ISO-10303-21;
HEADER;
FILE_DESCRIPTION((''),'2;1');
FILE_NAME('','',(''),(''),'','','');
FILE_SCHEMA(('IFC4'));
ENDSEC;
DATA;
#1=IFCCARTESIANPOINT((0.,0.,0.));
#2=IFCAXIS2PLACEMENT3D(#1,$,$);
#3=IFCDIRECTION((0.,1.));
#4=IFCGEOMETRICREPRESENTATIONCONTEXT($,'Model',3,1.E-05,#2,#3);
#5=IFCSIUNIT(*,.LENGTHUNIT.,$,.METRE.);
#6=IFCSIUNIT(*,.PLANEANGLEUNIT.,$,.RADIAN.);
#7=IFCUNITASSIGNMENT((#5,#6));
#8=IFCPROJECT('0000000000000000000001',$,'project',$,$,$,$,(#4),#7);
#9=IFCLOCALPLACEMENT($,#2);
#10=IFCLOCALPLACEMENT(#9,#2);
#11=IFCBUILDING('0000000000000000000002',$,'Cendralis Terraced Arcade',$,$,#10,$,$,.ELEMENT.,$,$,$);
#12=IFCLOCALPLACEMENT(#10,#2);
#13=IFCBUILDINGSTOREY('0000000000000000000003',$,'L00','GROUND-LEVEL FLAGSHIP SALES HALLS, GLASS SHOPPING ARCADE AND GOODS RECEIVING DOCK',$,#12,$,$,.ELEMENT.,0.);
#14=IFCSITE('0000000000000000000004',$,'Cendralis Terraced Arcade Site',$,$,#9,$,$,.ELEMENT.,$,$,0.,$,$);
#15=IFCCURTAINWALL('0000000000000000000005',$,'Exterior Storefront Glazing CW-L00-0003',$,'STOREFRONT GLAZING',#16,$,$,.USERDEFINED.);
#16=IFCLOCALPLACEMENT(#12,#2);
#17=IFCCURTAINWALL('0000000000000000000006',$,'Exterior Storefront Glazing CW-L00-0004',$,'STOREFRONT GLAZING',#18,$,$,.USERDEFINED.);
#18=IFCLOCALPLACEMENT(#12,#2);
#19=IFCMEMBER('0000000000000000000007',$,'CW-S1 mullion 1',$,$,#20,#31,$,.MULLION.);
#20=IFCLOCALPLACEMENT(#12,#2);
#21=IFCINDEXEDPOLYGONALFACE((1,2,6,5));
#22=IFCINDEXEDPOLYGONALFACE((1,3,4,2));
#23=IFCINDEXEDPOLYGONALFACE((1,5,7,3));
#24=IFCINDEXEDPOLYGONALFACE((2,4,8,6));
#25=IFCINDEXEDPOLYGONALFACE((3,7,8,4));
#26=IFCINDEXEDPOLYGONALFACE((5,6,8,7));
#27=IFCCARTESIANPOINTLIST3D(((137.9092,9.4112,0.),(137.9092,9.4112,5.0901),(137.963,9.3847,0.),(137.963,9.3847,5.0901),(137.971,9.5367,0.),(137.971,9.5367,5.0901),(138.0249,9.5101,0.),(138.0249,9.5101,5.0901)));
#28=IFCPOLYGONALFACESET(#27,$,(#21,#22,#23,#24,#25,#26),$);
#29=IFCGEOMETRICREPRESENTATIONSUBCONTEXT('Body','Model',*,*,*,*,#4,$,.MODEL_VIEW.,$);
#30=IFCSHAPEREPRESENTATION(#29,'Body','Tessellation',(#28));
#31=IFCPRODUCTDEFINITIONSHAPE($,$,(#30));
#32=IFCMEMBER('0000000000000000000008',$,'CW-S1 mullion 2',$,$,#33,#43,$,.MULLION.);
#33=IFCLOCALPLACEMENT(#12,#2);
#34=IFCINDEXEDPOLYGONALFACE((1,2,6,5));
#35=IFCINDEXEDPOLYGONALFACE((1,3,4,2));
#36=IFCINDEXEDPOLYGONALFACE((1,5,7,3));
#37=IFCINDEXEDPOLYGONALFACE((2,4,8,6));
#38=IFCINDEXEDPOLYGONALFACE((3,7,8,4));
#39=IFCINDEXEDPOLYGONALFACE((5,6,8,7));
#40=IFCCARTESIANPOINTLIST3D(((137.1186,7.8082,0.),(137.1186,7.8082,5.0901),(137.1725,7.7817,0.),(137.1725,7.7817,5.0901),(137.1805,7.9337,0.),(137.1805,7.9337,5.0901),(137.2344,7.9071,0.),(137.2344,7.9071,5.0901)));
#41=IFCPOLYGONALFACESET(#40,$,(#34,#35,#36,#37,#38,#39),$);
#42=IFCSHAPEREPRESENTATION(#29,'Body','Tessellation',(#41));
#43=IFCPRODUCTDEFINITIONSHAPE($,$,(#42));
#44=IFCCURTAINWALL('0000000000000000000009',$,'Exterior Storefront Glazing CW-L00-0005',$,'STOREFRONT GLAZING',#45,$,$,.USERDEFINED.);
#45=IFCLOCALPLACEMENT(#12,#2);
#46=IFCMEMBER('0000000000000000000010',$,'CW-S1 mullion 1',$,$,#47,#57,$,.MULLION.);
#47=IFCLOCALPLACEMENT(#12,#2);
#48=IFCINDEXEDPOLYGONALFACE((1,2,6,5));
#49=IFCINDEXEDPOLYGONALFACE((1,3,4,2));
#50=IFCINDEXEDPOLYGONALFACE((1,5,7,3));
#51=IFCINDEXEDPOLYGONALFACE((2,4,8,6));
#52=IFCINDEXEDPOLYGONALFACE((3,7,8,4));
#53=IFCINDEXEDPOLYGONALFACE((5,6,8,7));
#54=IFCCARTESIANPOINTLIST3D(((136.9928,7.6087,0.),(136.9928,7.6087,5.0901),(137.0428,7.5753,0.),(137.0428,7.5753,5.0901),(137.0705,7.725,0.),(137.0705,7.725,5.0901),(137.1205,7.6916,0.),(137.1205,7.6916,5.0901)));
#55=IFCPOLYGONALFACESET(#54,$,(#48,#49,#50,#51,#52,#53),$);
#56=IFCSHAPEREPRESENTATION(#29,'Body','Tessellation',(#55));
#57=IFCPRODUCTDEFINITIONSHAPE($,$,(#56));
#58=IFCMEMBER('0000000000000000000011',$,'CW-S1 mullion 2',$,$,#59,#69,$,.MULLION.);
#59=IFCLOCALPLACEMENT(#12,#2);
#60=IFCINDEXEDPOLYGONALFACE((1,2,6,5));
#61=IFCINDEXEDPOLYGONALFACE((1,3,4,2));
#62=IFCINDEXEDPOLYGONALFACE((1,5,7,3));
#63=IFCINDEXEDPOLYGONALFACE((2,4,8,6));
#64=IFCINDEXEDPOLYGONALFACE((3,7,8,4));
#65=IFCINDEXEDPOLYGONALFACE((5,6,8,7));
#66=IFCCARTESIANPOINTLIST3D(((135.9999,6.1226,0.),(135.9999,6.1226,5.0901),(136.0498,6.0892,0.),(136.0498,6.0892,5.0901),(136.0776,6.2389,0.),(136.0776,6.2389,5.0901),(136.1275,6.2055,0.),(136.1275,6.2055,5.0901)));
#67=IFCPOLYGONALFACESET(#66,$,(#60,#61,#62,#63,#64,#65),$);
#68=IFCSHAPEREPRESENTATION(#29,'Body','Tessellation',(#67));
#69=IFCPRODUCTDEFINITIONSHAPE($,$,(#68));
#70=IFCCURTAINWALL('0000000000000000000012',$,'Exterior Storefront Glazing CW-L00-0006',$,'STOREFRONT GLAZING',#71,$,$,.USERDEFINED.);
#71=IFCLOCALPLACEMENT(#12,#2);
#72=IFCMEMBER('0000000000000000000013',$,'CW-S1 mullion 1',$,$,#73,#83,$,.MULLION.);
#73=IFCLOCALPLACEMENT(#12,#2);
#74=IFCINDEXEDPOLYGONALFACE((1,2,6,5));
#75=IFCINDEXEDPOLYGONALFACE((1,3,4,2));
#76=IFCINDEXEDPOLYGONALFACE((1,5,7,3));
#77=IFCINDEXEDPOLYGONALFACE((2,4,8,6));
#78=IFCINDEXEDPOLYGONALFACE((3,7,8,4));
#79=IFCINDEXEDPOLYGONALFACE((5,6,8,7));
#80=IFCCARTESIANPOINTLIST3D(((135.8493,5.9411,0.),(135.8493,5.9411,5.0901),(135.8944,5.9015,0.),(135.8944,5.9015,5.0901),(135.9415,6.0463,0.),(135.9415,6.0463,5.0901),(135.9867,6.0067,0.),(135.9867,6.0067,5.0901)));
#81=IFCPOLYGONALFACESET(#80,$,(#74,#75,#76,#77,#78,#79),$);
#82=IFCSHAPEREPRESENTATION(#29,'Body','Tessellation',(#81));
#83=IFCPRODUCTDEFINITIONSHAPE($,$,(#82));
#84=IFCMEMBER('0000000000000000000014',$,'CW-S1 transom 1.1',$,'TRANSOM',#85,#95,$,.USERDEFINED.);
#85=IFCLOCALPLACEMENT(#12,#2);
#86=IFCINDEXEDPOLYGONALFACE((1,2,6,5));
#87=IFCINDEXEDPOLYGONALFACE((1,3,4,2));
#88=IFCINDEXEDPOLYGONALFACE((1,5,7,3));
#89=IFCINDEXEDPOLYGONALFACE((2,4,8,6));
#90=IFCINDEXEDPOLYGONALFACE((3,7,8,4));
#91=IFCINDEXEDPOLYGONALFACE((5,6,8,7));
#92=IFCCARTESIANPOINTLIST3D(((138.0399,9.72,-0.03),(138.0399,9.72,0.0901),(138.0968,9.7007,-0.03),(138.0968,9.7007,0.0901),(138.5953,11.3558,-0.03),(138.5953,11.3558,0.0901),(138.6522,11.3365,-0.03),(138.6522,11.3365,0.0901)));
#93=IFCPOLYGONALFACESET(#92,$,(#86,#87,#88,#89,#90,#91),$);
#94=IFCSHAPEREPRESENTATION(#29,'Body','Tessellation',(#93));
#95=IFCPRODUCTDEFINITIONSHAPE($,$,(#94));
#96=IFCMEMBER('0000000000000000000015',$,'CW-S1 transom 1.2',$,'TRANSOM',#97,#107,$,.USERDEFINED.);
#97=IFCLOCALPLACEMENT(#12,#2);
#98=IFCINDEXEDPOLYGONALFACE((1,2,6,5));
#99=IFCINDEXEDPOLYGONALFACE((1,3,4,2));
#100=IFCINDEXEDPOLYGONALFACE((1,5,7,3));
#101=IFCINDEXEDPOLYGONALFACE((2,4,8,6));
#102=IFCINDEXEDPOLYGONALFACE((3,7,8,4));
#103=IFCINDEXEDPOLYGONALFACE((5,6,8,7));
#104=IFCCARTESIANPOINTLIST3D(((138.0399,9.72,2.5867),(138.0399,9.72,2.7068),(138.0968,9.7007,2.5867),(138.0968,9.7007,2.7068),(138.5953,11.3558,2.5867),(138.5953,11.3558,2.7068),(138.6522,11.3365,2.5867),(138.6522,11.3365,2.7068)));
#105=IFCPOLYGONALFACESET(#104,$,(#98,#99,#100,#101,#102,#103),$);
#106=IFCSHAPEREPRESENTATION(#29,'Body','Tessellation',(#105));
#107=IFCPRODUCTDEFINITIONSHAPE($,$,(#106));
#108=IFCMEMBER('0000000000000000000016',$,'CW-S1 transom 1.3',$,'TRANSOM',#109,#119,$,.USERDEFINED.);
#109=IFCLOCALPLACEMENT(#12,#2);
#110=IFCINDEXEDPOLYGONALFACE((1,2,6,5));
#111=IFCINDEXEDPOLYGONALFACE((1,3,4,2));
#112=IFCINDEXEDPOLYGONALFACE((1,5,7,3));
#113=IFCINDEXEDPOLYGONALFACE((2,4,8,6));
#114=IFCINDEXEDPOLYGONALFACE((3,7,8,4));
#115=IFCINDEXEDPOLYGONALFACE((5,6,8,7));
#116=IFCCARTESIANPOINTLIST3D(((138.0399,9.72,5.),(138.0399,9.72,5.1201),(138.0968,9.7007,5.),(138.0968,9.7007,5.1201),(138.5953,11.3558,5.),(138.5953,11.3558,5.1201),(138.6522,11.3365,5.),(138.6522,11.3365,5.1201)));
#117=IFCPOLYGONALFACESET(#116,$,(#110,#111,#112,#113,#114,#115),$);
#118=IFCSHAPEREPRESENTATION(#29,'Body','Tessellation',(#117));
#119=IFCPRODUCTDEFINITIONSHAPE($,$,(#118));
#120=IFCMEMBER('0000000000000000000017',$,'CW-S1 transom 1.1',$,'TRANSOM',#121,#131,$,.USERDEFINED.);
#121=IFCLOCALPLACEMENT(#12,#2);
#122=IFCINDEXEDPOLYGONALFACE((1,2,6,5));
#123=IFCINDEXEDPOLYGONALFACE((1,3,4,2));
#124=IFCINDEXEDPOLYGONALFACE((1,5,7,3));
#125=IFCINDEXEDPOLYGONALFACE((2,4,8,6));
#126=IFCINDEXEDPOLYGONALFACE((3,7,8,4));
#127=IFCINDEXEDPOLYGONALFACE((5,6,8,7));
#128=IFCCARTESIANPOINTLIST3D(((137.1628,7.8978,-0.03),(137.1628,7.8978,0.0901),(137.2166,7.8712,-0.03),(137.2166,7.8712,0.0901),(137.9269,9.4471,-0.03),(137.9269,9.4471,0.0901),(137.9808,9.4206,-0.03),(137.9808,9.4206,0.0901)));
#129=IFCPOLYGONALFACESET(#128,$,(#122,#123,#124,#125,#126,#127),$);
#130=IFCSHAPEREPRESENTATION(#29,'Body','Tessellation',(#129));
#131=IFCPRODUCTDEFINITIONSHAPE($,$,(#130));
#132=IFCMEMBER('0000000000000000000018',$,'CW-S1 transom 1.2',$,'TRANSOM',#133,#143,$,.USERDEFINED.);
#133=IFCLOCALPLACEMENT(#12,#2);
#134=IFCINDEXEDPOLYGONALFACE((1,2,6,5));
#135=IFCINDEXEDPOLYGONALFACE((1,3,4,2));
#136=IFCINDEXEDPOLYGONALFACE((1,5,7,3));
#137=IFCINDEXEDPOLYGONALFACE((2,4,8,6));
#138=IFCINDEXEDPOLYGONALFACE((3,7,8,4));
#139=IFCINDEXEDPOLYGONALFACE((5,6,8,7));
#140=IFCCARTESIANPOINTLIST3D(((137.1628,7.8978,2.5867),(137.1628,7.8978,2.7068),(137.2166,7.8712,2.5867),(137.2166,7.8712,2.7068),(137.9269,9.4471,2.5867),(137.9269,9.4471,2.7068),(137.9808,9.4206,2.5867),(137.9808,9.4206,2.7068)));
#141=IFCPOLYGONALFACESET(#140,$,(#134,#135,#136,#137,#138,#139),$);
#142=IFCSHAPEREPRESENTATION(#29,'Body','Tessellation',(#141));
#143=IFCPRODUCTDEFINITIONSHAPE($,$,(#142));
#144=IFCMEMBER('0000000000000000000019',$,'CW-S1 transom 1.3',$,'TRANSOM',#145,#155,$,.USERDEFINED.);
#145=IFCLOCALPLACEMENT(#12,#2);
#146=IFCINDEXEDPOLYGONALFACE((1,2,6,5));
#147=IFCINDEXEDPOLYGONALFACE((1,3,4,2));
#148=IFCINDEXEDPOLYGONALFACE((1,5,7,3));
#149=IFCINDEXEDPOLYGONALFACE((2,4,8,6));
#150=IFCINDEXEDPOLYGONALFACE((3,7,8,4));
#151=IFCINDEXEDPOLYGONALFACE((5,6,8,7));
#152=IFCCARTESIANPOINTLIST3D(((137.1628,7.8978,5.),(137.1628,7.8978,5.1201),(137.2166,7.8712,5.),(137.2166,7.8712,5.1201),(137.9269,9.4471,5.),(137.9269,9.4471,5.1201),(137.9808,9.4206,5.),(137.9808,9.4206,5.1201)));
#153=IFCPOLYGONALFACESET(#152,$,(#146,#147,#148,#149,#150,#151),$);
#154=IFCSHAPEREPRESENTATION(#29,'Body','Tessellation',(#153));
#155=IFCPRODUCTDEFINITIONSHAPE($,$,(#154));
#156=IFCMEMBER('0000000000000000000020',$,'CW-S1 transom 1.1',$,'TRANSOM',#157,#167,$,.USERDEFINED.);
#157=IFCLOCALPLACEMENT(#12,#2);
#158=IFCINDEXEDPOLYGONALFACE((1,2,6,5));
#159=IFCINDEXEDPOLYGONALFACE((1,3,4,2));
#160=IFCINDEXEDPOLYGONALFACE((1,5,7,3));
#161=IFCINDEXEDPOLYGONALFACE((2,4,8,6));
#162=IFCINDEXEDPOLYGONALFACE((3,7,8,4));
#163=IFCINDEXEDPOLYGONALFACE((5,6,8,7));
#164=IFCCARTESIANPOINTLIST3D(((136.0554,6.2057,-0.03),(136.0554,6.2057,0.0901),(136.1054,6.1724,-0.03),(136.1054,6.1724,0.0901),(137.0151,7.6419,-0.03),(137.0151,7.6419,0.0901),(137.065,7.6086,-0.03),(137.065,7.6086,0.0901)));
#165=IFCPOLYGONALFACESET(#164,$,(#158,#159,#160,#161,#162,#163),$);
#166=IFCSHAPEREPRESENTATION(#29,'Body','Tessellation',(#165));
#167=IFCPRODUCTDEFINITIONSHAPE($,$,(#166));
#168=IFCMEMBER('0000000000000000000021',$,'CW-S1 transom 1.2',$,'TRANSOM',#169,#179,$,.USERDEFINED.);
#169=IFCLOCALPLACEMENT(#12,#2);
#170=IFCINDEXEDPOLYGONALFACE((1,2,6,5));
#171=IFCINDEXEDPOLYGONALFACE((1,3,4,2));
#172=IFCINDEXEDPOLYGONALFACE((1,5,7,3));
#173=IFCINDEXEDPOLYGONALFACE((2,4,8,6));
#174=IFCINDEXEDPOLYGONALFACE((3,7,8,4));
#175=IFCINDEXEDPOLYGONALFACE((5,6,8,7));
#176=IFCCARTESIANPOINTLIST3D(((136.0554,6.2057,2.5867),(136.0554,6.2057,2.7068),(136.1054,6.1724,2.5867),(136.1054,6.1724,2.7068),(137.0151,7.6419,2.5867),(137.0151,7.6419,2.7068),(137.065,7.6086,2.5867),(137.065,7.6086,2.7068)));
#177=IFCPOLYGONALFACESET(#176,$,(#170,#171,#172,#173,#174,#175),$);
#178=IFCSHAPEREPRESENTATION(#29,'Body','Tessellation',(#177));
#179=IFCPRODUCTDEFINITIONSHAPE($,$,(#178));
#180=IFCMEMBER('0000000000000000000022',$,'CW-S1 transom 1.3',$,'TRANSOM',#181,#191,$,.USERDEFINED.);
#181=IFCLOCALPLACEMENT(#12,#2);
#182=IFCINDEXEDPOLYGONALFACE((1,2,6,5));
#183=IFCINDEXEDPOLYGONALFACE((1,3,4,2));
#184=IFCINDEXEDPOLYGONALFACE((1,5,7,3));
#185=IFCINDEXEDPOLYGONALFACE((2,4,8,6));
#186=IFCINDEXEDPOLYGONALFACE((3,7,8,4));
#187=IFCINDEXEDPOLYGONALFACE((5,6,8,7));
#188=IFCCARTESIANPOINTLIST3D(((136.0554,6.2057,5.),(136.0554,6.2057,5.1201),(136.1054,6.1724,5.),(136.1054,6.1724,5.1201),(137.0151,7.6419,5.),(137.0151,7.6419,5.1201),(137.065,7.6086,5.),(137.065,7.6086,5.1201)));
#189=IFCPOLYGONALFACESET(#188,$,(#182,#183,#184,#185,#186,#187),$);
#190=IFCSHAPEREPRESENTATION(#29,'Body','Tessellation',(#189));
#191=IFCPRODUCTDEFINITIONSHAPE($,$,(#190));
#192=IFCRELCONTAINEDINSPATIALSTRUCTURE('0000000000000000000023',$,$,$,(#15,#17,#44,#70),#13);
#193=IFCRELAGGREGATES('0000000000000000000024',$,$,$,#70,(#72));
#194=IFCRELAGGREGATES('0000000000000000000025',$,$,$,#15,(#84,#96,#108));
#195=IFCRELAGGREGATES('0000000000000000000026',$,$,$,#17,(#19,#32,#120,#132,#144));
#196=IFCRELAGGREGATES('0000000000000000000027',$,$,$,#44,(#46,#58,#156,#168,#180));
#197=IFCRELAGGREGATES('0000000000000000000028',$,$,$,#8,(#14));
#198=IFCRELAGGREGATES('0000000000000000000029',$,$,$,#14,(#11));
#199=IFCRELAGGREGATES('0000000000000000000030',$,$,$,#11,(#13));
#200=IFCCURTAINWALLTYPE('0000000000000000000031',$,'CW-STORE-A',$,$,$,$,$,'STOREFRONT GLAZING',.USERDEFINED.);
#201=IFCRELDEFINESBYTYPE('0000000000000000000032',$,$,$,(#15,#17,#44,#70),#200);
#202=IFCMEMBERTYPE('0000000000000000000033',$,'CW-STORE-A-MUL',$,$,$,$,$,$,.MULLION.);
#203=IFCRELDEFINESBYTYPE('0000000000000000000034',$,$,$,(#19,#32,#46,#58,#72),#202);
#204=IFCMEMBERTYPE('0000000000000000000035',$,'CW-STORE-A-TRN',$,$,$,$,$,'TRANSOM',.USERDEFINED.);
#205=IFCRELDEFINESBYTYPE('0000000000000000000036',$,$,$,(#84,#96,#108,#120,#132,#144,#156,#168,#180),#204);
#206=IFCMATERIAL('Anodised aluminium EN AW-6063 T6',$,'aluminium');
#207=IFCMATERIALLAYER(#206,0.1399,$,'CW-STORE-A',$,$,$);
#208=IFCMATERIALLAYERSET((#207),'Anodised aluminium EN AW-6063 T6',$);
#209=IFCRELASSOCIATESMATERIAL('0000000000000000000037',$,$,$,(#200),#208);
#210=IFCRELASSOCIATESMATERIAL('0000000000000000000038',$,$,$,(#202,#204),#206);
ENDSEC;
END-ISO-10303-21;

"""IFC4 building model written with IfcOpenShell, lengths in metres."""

from ifc_helpers import new_model, si_unit, direction, frame, origin, origin_2d, place, context, subcontext, project, spatial, rectangle, extrude, material, layer, layer_set, material_profile, profile_set, type_object, element, aggregate, save


model = new_model("IFC4")

# Units and contexts
model_context = context("Model", 3, precision=1e-05, world=origin(), true_north=direction((0.0, 1.0)))
body_context = subcontext(model_context, "Body", "Model", "MODEL_VIEW")
ifc_project = project(units=[si_unit("LENGTHUNIT", "METRE"), si_unit("PLANEANGLEUNIT", "RADIAN")], contexts=[model_context])

# Site, building, storey
site_placement = place(None, origin())
site = spatial("IfcSite", under=ifc_project, at=site_placement, Name="Cendralis Terraced Arcade Site", CompositionType="ELEMENT", RefElevation=0.0)
building_placement = place(site_placement, origin())
building = spatial("IfcBuilding", under=site, at=building_placement, Name="Cendralis Terraced Arcade", CompositionType="ELEMENT")
storey_placement = place(building_placement, origin())
storey = spatial("IfcBuildingStorey", under=building, at=storey_placement, Name="L00", Description="GROUND-LEVEL FLAGSHIP SALES HALLS, GLASS SHOPPING ARCADE AND GOODS RECEIVING DOCK", CompositionType="ELEMENT", Elevation=0.0)

# Shared definitions
ifc_material_1 = material(Name="Anodised aluminium EN AW-6063 T6", Category="aluminium")
ifc_layer_1 = layer(ifc_material_1, 0.1399, Name="CW-STORE-A")
ifc_layer_set_1 = layer_set([ifc_layer_1], Name="Anodised aluminium EN AW-6063 T6")
curtain_wall_type = type_object("IfcCurtainWallType", Name="CW-STORE-A", ElementType="STOREFRONT GLAZING", PredefinedType="USERDEFINED", material=ifc_layer_set_1)
ifc_material_profile_1 = material_profile(ifc_material_1, rectangle(XDim=0.0601, YDim=0.1399, at=origin_2d()), Name="ALU-MUL-60x140")
ifc_profile_set_1 = profile_set([ifc_material_profile_1], Name="Anodised aluminium EN AW-6063 T6")
member_type_1 = type_object("IfcMemberType", Name="CW-STORE-A-MUL", PredefinedType="MULLION", material=ifc_profile_set_1)

# Curtain walls, members
curtain_wall_1_placement = place(storey_placement, origin())
curtain_wall_1 = element("IfcCurtainWall", 1, at=curtain_wall_1_placement, inside=storey, type_object=curtain_wall_type, Name="Exterior Storefront Glazing CW-L00-0003", ObjectType="STOREFRONT GLAZING", PredefinedType="USERDEFINED")
curtain_wall_2_placement = place(storey_placement, origin())
curtain_wall_2 = element("IfcCurtainWall", 2, at=curtain_wall_2_placement, inside=storey, type_object=curtain_wall_type, Name="Exterior Storefront Glazing CW-L00-0004", ObjectType="STOREFRONT GLAZING", PredefinedType="USERDEFINED")
member_1_placement = place(storey_placement, frame((137.967, 9.4607, 0.0), z_axis=(0.0, 0.0, 1.0), x_axis=(0.896882, -0.44227, 0.0)))
member_1 = element("IfcMember", 3, at=member_1_placement, type_object=member_type_1, Name="CW-S1 mullion 1", PredefinedType="MULLION", context=body_context, shape_type="SweptSolid", body=[
    extrude(rectangle(XDim=0.0601, YDim=0.1399, at=origin_2d()), origin(), (0.0, 0.0, 1.0), 5.0901),
])
member_2_placement = place(storey_placement, frame((137.1765, 7.8577, 0.0), z_axis=(0.0, 0.0, 1.0), x_axis=(0.896882, -0.44227, 0.0)))
member_2 = element("IfcMember", 4, at=member_2_placement, type_object=member_type_1, Name="CW-S1 mullion 2", PredefinedType="MULLION", context=body_context, shape_type="SweptSolid", body=[
    extrude(rectangle(XDim=0.0601, YDim=0.1399, at=origin_2d()), origin(), (0.0, 0.0, 1.0), 5.0901),
])
curtain_wall_3_placement = place(storey_placement, origin())
curtain_wall_3 = element("IfcCurtainWall", 5, at=curtain_wall_3_placement, inside=storey, type_object=curtain_wall_type, Name="Exterior Storefront Glazing CW-L00-0005", ObjectType="STOREFRONT GLAZING", PredefinedType="USERDEFINED")
member_3_placement = place(storey_placement, frame((137.0566, 7.6501, 0.0), z_axis=(0.0, 0.0, 1.0), x_axis=(0.831484, -0.555549, 0.0)))
member_3 = element("IfcMember", 6, at=member_3_placement, type_object=member_type_1, Name="CW-S1 mullion 1", PredefinedType="MULLION", context=body_context, shape_type="SweptSolid", body=[
    extrude(rectangle(XDim=0.0601, YDim=0.1399, at=origin_2d()), origin(), (0.0, 0.0, 1.0), 5.0901),
])
member_4_placement = place(storey_placement, frame((136.0637, 6.1641, 0.0), z_axis=(0.0, 0.0, 1.0), x_axis=(0.831484, -0.555549, 0.0)))
member_4 = element("IfcMember", 7, at=member_4_placement, type_object=member_type_1, Name="CW-S1 mullion 2", PredefinedType="MULLION", context=body_context, shape_type="SweptSolid", body=[
    extrude(rectangle(XDim=0.0601, YDim=0.1399, at=origin_2d()), origin(), (0.0, 0.0, 1.0), 5.0901),
])

# Curtain wall, member
curtain_wall_4_placement = place(storey_placement, origin())
curtain_wall_4 = element("IfcCurtainWall", 8, at=curtain_wall_4_placement, inside=storey, type_object=curtain_wall_type, Name="Exterior Storefront Glazing CW-L00-0006", ObjectType="STOREFRONT GLAZING", PredefinedType="USERDEFINED")
member_5_placement = place(storey_placement, frame((135.918, 5.9739, 0.0), z_axis=(0.0, 0.0, 1.0), x_axis=(0.751818, -0.65937, 0.0)))
member_5 = element("IfcMember", 9, at=member_5_placement, type_object=member_type_1, Name="CW-S1 mullion 1", PredefinedType="MULLION", context=body_context, shape_type="SweptSolid", body=[
    extrude(rectangle(XDim=0.0601, YDim=0.1399, at=origin_2d()), origin(), (0.0, 0.0, 1.0), 5.0901),
])
aggregate(curtain_wall_4, [member_5])

# Members
ifc_material_profile_2 = material_profile(ifc_material_1, rectangle(XDim=0.0601, YDim=0.1201, at=origin_2d()), Name="ALU-TRN-60x120")
ifc_profile_set_2 = profile_set([ifc_material_profile_2], Name="Anodised aluminium EN AW-6063 T6")
member_type_2 = type_object("IfcMemberType", Name="CW-STORE-A-TRN", ElementType="TRANSOM", PredefinedType="USERDEFINED", material=ifc_profile_set_2)
member_6_placement = place(storey_placement, frame((138.6238, 11.3462, 0.03), z_axis=(-0.321523, -0.946902, 0.0), x_axis=(0.946902, -0.321523, 0.0)))
member_6 = element("IfcMember", 10, at=member_6_placement, type_object=member_type_2, Name="CW-S1 transom 1.1", ObjectType="TRANSOM", PredefinedType="USERDEFINED", context=body_context, shape_type="SweptSolid", body=[
    extrude(rectangle(XDim=0.0601, YDim=0.1201, at=origin_2d()), origin(), (0.0, 0.0, 1.0), 1.7275),
])
member_7_placement = place(storey_placement, frame((138.6238, 11.3462, 2.6467), z_axis=(-0.321523, -0.946902, 0.0), x_axis=(0.946902, -0.321523, 0.0)))
member_7 = element("IfcMember", 11, at=member_7_placement, type_object=member_type_2, Name="CW-S1 transom 1.2", ObjectType="TRANSOM", PredefinedType="USERDEFINED", context=body_context, shape_type="SweptSolid", body=[
    extrude(rectangle(XDim=0.0601, YDim=0.1201, at=origin_2d()), origin(), (0.0, 0.0, 1.0), 1.7275),
])
member_8_placement = place(storey_placement, frame((138.6238, 11.3462, 5.0601), z_axis=(-0.321523, -0.946902, 0.0), x_axis=(0.946902, -0.321523, 0.0)))
member_8 = element("IfcMember", 12, at=member_8_placement, type_object=member_type_2, Name="CW-S1 transom 1.3", ObjectType="TRANSOM", PredefinedType="USERDEFINED", context=body_context, shape_type="SweptSolid", body=[
    extrude(rectangle(XDim=0.0601, YDim=0.1201, at=origin_2d()), origin(), (0.0, 0.0, 1.0), 1.7275),
])
member_9_placement = place(storey_placement, frame((137.9539, 9.4338, 0.03), z_axis=(-0.442345, -0.896845, 0.0), x_axis=(0.896845, -0.442345, 0.0)))
member_9 = element("IfcMember", 13, at=member_9_placement, type_object=member_type_2, Name="CW-S1 transom 1.1", ObjectType="TRANSOM", PredefinedType="USERDEFINED", context=body_context, shape_type="SweptSolid", body=[
    extrude(rectangle(XDim=0.0601, YDim=0.1201, at=origin_2d()), origin(), (0.0, 0.0, 1.0), 1.7275),
])
member_10_placement = place(storey_placement, frame((137.9539, 9.4338, 2.6467), z_axis=(-0.442345, -0.896845, 0.0), x_axis=(0.896845, -0.442345, 0.0)))
member_10 = element("IfcMember", 14, at=member_10_placement, type_object=member_type_2, Name="CW-S1 transom 1.2", ObjectType="TRANSOM", PredefinedType="USERDEFINED", context=body_context, shape_type="SweptSolid", body=[
    extrude(rectangle(XDim=0.0601, YDim=0.1201, at=origin_2d()), origin(), (0.0, 0.0, 1.0), 1.7275),
])
member_11_placement = place(storey_placement, frame((137.9539, 9.4338, 5.0601), z_axis=(-0.442345, -0.896845, 0.0), x_axis=(0.896845, -0.442345, 0.0)))
member_11 = element("IfcMember", 15, at=member_11_placement, type_object=member_type_2, Name="CW-S1 transom 1.3", ObjectType="TRANSOM", PredefinedType="USERDEFINED", context=body_context, shape_type="SweptSolid", body=[
    extrude(rectangle(XDim=0.0601, YDim=0.1201, at=origin_2d()), origin(), (0.0, 0.0, 1.0), 1.7275),
])
member_12_placement = place(storey_placement, frame((137.04, 7.6252, 0.03), z_axis=(-0.55558, -0.831463, 0.0), x_axis=(0.831463, -0.55558, 0.0)))
member_12 = element("IfcMember", 16, at=member_12_placement, type_object=member_type_2, Name="CW-S1 transom 1.1", ObjectType="TRANSOM", PredefinedType="USERDEFINED", context=body_context, shape_type="SweptSolid", body=[
    extrude(rectangle(XDim=0.0601, YDim=0.1201, at=origin_2d()), origin(), (0.0, 0.0, 1.0), 1.7273),
])
member_13_placement = place(storey_placement, frame((137.04, 7.6252, 2.6467), z_axis=(-0.55558, -0.831463, 0.0), x_axis=(0.831463, -0.55558, 0.0)))
member_13 = element("IfcMember", 17, at=member_13_placement, type_object=member_type_2, Name="CW-S1 transom 1.2", ObjectType="TRANSOM", PredefinedType="USERDEFINED", context=body_context, shape_type="SweptSolid", body=[
    extrude(rectangle(XDim=0.0601, YDim=0.1201, at=origin_2d()), origin(), (0.0, 0.0, 1.0), 1.7273),
])
member_14_placement = place(storey_placement, frame((137.04, 7.6252, 5.0601), z_axis=(-0.55558, -0.831463, 0.0), x_axis=(0.831463, -0.55558, 0.0)))
member_14 = element("IfcMember", 18, at=member_14_placement, type_object=member_type_2, Name="CW-S1 transom 1.3", ObjectType="TRANSOM", PredefinedType="USERDEFINED", context=body_context, shape_type="SweptSolid", body=[
    extrude(rectangle(XDim=0.0601, YDim=0.1201, at=origin_2d()), origin(), (0.0, 0.0, 1.0), 1.7273),
])

aggregate(curtain_wall_1, [member_6, member_7, member_8])
aggregate(curtain_wall_2, [member_1, member_2, member_9, member_10, member_11])
aggregate(curtain_wall_3, [member_3, member_4, member_12, member_13, member_14])

save(model, "model.ifc")
